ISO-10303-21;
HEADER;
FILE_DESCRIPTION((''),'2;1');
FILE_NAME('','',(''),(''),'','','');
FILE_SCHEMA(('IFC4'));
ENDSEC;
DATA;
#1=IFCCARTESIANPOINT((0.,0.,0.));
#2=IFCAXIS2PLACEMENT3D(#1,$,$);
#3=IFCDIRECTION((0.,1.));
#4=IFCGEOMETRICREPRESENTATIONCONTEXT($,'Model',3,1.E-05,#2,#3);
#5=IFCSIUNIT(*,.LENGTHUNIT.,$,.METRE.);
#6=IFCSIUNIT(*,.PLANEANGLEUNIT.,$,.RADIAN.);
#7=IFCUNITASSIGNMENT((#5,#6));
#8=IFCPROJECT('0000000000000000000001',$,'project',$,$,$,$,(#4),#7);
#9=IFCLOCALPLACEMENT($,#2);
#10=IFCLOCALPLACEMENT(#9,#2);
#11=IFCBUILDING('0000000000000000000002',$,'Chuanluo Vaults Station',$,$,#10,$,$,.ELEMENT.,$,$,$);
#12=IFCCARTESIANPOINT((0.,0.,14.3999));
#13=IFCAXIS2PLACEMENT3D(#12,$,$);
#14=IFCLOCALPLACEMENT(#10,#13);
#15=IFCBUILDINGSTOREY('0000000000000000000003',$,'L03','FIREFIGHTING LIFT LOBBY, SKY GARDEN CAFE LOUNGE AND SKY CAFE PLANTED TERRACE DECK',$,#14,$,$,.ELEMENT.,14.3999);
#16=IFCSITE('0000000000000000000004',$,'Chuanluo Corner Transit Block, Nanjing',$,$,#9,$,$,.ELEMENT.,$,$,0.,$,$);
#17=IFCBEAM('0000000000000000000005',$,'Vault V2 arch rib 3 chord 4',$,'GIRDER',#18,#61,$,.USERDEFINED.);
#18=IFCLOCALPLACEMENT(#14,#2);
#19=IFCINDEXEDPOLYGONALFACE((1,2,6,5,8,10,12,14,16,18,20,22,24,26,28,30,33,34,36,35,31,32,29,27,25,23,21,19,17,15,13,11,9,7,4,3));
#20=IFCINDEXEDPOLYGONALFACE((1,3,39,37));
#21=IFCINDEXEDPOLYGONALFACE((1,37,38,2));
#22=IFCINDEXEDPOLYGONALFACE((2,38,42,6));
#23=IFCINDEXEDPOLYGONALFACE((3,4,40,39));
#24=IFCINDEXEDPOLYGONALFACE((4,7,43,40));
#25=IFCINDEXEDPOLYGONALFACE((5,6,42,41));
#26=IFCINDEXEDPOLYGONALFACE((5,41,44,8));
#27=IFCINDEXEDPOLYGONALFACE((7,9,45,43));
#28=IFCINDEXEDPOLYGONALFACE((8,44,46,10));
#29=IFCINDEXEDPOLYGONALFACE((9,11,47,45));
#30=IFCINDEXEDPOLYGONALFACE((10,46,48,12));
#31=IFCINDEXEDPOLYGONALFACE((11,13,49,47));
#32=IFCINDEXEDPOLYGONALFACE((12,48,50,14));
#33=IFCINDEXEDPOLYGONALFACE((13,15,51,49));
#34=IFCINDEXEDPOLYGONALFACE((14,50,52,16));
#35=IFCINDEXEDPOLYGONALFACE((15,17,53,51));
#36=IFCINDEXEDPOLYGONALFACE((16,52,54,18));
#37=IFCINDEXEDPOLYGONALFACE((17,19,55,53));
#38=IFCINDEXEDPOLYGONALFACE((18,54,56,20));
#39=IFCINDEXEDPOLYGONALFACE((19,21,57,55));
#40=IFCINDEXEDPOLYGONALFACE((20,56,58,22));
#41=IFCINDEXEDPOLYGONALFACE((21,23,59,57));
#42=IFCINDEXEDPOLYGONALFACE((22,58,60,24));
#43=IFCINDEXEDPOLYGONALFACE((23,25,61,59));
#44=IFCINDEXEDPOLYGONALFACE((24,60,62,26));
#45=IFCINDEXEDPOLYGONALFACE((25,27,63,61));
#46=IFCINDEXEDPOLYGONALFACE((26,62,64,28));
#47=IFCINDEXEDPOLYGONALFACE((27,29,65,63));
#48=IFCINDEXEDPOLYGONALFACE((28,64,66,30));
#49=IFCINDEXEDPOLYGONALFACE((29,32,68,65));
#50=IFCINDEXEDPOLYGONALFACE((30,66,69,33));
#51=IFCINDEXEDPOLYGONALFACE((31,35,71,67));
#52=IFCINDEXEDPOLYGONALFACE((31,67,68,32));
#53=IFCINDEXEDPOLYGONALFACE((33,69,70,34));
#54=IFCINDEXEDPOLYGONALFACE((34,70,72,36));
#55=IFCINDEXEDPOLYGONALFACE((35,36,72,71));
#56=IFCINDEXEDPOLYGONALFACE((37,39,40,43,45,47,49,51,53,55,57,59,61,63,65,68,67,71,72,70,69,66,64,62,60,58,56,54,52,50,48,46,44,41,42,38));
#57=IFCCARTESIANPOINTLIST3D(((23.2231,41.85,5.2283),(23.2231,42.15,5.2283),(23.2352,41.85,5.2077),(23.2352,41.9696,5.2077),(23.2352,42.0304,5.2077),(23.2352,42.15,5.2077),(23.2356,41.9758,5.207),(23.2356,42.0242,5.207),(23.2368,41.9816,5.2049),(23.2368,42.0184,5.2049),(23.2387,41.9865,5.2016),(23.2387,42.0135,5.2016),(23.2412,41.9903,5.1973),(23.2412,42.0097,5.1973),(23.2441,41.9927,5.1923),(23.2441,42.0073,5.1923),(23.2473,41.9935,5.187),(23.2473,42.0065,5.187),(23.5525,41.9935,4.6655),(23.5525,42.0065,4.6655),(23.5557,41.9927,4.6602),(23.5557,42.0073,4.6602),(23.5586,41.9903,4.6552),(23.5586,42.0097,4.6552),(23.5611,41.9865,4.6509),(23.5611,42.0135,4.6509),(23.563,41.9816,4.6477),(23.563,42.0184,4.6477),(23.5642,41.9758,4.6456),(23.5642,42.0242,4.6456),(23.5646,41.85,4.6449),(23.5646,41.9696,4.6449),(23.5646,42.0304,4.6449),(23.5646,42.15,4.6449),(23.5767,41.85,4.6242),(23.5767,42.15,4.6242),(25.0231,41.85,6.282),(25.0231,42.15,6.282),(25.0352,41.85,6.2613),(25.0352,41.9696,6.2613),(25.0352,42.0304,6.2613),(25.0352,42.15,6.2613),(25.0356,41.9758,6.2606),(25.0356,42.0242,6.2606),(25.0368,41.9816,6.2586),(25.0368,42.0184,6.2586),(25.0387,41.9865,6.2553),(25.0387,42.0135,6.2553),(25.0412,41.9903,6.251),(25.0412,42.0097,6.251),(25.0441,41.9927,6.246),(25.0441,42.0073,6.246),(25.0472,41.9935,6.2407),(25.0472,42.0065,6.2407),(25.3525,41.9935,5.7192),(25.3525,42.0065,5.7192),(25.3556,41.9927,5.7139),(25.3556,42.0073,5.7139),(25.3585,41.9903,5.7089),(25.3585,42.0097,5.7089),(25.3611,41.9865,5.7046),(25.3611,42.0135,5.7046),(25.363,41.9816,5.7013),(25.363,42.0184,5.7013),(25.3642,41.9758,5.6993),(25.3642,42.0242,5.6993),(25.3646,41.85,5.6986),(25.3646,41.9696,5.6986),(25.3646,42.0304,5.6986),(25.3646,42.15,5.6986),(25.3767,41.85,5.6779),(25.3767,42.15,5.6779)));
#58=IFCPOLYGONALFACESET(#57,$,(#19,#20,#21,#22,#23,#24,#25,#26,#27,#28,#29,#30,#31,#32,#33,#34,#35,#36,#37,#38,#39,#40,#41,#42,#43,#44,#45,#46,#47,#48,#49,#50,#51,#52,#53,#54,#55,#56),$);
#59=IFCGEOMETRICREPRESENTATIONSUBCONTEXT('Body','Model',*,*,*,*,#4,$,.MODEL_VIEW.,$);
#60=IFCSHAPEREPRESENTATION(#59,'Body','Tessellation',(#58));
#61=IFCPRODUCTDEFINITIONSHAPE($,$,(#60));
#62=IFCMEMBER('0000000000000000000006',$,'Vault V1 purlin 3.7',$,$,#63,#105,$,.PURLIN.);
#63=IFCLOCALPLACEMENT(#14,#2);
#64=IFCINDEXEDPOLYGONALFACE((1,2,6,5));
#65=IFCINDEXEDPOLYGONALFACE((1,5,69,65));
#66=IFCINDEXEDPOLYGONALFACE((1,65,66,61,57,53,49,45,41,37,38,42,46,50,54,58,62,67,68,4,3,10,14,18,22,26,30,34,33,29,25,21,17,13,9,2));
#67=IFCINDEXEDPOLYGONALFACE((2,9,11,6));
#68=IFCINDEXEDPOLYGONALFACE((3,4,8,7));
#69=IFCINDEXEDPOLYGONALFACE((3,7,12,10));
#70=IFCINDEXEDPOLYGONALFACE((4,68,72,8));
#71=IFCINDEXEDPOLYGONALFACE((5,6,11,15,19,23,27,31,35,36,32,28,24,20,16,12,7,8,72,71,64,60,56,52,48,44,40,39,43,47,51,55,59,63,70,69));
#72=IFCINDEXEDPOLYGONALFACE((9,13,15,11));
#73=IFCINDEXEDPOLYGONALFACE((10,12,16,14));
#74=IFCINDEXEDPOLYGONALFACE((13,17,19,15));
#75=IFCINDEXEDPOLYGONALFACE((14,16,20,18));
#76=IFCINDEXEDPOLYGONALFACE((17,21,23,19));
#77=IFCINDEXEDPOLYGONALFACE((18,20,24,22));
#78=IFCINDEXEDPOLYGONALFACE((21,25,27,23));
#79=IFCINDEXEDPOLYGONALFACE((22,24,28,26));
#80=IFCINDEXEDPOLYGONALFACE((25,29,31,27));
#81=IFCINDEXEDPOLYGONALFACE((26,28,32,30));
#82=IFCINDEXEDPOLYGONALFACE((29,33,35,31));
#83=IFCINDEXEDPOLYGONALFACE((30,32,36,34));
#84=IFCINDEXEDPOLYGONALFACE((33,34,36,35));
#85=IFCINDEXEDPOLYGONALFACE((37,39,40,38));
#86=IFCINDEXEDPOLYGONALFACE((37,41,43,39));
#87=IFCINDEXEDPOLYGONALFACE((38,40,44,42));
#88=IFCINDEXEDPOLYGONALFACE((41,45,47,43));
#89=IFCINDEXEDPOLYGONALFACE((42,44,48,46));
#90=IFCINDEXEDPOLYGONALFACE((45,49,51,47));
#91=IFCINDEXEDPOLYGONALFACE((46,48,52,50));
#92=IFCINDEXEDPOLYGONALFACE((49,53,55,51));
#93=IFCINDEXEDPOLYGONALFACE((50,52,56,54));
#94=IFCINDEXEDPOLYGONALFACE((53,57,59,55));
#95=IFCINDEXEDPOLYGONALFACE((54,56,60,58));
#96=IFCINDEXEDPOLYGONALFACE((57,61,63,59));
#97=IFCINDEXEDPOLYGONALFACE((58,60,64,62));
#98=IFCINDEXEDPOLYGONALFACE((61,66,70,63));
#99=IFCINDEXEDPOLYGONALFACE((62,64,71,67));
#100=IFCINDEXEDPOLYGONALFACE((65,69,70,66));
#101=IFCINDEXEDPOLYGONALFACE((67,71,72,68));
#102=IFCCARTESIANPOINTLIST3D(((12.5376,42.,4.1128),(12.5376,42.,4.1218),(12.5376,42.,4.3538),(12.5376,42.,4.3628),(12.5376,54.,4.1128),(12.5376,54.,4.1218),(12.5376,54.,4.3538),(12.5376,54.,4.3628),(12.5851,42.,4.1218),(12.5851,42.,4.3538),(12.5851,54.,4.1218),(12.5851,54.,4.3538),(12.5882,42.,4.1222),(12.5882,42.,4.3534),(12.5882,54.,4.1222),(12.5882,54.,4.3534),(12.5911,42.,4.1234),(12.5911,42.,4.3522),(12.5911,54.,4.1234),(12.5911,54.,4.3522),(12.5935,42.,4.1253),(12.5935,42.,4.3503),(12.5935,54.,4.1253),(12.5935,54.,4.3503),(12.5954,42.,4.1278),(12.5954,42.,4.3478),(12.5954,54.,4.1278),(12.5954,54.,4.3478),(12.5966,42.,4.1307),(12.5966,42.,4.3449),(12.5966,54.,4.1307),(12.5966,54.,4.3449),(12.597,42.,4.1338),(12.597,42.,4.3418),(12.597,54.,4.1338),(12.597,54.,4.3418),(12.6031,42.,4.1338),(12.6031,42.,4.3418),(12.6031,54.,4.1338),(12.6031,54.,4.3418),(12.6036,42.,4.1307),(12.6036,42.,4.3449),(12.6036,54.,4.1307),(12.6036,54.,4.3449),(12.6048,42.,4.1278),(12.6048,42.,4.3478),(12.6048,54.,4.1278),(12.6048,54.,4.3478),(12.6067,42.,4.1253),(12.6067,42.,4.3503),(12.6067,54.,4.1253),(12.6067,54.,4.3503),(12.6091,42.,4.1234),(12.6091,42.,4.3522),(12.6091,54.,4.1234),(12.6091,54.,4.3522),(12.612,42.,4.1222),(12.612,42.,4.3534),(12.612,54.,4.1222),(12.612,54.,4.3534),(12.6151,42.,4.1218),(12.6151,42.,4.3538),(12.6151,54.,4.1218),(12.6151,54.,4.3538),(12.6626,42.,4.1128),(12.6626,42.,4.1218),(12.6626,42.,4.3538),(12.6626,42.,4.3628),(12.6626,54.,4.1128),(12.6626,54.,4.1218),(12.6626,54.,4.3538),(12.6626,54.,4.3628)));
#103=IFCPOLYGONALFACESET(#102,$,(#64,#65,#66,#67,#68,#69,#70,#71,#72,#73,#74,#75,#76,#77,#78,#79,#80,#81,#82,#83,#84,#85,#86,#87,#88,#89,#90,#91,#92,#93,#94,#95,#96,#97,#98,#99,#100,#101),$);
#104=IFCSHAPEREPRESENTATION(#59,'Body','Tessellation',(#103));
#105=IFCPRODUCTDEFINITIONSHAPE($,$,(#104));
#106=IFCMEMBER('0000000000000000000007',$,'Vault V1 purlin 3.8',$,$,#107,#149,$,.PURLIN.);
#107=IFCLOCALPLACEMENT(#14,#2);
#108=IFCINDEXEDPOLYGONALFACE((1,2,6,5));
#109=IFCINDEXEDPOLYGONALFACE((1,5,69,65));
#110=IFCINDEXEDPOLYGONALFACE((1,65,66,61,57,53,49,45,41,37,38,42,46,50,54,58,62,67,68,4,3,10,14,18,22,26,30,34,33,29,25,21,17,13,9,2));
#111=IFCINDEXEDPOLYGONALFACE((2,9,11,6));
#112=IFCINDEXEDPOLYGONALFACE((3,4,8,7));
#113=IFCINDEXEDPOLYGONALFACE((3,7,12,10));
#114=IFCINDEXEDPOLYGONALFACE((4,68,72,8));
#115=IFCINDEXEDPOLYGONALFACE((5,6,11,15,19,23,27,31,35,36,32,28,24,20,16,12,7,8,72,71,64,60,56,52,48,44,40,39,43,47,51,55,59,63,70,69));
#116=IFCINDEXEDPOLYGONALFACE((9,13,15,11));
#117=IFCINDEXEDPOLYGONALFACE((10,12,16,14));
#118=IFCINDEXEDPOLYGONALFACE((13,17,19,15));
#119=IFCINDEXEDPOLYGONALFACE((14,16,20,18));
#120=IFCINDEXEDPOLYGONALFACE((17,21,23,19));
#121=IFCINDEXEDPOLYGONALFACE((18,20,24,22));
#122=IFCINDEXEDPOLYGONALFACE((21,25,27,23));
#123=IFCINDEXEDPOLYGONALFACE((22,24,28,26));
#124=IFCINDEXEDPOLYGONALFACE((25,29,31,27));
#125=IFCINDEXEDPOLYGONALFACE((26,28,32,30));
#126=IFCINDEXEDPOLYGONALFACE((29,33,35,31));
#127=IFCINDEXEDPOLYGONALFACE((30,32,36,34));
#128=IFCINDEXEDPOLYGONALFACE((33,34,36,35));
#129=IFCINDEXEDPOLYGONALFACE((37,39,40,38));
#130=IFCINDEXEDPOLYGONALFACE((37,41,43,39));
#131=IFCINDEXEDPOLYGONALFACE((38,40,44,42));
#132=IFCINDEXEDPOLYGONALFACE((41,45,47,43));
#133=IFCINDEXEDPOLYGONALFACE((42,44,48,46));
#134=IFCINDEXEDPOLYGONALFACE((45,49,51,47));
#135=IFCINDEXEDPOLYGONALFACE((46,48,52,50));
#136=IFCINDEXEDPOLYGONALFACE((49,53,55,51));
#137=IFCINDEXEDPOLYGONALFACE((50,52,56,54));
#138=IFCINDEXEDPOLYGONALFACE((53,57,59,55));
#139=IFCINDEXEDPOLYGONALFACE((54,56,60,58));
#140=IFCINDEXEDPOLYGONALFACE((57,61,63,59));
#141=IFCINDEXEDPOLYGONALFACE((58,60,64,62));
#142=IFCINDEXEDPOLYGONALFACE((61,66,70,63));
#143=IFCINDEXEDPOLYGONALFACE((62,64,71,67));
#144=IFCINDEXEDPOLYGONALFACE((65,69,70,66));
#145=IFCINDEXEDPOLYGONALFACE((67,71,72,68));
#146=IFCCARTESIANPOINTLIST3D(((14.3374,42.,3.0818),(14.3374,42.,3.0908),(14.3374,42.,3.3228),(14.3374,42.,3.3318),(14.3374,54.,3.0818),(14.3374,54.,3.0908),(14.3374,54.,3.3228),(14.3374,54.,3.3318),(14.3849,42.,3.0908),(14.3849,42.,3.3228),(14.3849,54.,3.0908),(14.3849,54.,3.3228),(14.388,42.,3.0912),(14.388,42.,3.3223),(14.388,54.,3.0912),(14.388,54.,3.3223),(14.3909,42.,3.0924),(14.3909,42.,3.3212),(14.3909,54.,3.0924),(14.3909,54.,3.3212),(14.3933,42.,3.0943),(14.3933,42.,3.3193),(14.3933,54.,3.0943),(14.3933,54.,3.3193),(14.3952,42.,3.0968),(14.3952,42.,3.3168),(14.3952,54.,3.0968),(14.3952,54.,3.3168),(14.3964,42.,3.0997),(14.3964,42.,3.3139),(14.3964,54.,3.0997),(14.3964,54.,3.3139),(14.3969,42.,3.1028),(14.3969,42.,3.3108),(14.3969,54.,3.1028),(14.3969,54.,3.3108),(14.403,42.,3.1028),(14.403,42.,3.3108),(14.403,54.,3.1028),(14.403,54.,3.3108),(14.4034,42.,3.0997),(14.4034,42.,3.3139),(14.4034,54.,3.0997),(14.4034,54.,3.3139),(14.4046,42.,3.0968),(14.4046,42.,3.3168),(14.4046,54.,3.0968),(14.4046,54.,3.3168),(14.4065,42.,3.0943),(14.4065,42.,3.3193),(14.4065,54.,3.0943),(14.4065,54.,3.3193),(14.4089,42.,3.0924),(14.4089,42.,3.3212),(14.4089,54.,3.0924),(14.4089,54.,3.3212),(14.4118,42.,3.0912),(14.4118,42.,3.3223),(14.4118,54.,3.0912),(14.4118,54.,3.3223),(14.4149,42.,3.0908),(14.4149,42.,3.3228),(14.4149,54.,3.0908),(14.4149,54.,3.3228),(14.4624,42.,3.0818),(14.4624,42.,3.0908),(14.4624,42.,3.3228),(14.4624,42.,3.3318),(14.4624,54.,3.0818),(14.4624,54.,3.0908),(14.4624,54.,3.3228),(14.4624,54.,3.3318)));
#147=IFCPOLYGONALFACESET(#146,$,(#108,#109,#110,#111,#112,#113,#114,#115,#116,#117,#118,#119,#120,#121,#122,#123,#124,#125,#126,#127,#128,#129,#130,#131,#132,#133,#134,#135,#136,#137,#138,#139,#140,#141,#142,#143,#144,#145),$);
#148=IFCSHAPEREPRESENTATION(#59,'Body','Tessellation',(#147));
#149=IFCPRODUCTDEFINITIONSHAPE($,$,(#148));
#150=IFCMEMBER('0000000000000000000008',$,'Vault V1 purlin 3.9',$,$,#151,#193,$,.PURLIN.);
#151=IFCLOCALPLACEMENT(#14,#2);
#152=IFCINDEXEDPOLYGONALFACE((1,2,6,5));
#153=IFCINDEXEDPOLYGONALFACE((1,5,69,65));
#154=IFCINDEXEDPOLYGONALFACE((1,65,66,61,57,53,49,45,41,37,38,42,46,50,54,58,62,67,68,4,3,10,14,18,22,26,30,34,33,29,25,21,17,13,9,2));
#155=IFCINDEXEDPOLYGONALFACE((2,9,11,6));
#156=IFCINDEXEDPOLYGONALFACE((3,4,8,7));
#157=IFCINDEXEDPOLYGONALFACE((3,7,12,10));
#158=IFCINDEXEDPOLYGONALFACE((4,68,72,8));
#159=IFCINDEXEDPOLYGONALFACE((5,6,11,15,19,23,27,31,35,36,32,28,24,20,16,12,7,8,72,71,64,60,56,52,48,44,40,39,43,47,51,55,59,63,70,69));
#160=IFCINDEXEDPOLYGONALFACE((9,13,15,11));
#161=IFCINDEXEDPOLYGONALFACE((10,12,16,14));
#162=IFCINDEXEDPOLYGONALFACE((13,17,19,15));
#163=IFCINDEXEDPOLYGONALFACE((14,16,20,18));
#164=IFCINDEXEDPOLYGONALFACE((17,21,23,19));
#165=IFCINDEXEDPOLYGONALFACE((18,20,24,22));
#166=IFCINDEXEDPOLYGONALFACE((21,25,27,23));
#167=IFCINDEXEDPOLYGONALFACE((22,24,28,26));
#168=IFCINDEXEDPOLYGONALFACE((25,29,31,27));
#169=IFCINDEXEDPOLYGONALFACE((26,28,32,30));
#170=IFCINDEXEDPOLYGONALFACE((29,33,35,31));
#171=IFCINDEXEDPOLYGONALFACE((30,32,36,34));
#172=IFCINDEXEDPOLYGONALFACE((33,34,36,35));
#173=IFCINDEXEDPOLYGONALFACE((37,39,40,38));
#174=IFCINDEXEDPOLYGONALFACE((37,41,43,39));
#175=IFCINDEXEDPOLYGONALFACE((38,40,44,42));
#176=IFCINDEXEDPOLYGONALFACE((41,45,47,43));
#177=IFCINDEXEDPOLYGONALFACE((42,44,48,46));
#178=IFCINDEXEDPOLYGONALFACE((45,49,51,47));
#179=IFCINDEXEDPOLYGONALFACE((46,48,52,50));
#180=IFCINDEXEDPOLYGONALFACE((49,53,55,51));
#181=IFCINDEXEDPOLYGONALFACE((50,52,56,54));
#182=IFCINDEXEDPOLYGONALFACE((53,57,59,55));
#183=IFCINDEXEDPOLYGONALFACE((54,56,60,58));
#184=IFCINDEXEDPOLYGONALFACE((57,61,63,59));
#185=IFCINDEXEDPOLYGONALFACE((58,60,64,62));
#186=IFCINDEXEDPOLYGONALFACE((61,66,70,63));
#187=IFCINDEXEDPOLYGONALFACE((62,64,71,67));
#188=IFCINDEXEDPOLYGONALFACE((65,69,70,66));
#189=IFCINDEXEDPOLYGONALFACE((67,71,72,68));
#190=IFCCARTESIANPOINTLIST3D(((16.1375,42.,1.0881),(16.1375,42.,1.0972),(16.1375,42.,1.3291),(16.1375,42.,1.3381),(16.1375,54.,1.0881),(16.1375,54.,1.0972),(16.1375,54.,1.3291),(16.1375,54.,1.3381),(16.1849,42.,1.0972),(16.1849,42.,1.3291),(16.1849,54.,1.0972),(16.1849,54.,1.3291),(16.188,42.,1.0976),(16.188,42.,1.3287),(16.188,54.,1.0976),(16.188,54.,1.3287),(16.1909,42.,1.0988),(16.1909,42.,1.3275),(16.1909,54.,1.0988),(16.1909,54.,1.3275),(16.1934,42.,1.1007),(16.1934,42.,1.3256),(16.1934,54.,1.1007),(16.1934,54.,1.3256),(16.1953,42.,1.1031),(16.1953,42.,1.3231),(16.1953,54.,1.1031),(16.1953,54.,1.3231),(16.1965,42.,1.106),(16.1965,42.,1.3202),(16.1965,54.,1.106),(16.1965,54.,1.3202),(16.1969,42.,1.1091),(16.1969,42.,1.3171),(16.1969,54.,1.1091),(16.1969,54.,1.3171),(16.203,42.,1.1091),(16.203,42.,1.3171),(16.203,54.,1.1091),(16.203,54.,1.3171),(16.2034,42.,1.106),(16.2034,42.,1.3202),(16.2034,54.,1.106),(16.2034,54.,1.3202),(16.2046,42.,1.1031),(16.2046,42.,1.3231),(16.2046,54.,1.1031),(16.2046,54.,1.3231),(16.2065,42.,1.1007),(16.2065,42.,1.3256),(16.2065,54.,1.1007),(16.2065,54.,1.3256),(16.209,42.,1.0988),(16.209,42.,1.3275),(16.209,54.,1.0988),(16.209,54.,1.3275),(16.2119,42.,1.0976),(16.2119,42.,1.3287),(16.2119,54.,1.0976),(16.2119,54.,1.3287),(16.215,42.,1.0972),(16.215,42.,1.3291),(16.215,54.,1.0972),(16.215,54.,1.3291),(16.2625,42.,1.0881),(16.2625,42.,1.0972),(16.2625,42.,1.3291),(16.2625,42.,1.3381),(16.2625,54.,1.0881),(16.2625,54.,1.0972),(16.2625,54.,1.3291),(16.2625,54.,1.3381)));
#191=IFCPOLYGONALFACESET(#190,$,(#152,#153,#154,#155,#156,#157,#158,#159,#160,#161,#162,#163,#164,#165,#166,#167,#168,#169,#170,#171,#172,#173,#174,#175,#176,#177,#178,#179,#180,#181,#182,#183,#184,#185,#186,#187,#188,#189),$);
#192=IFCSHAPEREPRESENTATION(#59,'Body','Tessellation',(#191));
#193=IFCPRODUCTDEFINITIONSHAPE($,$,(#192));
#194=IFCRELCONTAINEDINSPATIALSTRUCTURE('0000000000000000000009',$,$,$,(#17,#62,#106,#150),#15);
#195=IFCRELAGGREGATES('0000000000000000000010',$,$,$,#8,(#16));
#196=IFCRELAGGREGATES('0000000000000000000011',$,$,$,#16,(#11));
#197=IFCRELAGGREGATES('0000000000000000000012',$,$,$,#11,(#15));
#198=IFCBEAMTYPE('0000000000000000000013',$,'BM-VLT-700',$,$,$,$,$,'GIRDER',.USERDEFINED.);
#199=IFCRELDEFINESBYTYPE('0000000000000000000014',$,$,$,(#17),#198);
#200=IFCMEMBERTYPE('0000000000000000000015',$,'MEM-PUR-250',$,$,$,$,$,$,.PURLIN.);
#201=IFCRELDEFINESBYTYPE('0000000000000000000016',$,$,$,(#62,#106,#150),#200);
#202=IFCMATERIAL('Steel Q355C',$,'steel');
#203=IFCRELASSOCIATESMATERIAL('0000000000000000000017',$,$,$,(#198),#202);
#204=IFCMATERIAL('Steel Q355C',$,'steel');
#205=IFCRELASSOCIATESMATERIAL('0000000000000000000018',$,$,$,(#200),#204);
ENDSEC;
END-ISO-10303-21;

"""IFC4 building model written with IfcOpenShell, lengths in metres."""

from ifc_helpers import new_model, si_unit, direction, frame, origin, origin_2d, place, context, subcontext, project, spatial, i_section, extrude, material, material_profile, profile_set, type_object, element, save


model = new_model("IFC4")

# Units and contexts
model_context = context("Model", 3, precision=1e-05, world=origin(), true_north=direction((0.0, 1.0)))
body_context = subcontext(model_context, "Body", "Model", "MODEL_VIEW")
ifc_project = project(units=[si_unit("LENGTHUNIT", "METRE"), si_unit("PLANEANGLEUNIT", "RADIAN")], contexts=[model_context])

# Site, building, storey
site_placement = place(None, origin())
site = spatial("IfcSite", under=ifc_project, at=site_placement, Name="Chuanluo Corner Transit Block, Nanjing", CompositionType="ELEMENT", RefElevation=0.0)
building_placement = place(site_placement, origin())
building = spatial("IfcBuilding", under=site, at=building_placement, Name="Chuanluo Vaults Station", CompositionType="ELEMENT")
storey_placement = place(building_placement, frame((0.0, 0.0, 14.3999)))
storey = spatial("IfcBuildingStorey", under=building, at=storey_placement, Name="L03", Description="FIREFIGHTING LIFT LOBBY, SKY GARDEN CAFE LOUNGE AND SKY CAFE PLANTED TERRACE DECK", CompositionType="ELEMENT", Elevation=14.3999)

# Beam
ifc_material_1 = material(Name="Steel Q355C", Category="steel")
ifc_material_profile_1 = material_profile(ifc_material_1, i_section(OverallWidth=0.3, OverallDepth=0.7, WebThickness=0.0129, FlangeThickness=0.0239, FilletRadius=0.0239, at=origin_2d()))
ifc_profile_set_1 = profile_set([ifc_material_profile_1], Name="Steel Q355C")
beam_type_1 = type_object("IfcBeamType", Name="BM-VLT-700", ElementType="GIRDER", PredefinedType="USERDEFINED", material=ifc_profile_set_1)
beam_1_placement = place(storey_placement, frame((23.3999, 42.0, 4.9263), z_axis=(0.863009, 0.0, 0.505188), x_axis=(0.0, 1.0, 0.0)))
element("IfcBeam", 1, at=beam_1_placement, inside=storey, type_object=beam_type_1, Name="Vault V2 arch rib 3 chord 4", ObjectType="GIRDER", PredefinedType="USERDEFINED", context=body_context, shape_type="SweptSolid", body=[
    extrude(i_section(OverallWidth=0.3, OverallDepth=0.7, WebThickness=0.0129, FlangeThickness=0.0239, FilletRadius=0.0239, at=origin_2d()), origin(), (0.0, 0.0, 1.0), 2.0857),
])

# Members
ifc_material_2 = material(Name="Steel Q355C", Category="steel")
ifc_material_profile_2 = material_profile(ifc_material_2, i_section(OverallWidth=0.125, OverallDepth=0.25, WebThickness=0.0061, FlangeThickness=0.009, FilletRadius=0.012, at=origin_2d()))
ifc_profile_set_2 = profile_set([ifc_material_profile_2], Name="Steel Q355C")
member_type_1 = type_object("IfcMemberType", Name="MEM-PUR-250", PredefinedType="PURLIN", material=ifc_profile_set_2)
for number, where, z_axis, x_axis, name in (
    (2, (12.6001, 42.0, 4.2378), (0.0, 1.0, 0.0), (-1.0, 0.0, 0.0), "Vault V1 purlin 3.7"),
    (3, (14.3999, 42.0, 3.2068), (0.0, 1.0, 0.0), (-1.0, 0.0, 0.0), "Vault V1 purlin 3.8"),
    (4, (16.2, 42.0, 1.2131), (0.0, 1.0, 0.0), (-1.0, 0.0, 0.0), "Vault V1 purlin 3.9"),
):
    element("IfcMember", number, at=place(storey_placement, frame(where, z_axis=z_axis, x_axis=x_axis)), inside=storey, type_object=member_type_1, Name=name, PredefinedType="PURLIN", context=body_context, shape_type="SweptSolid", body=[
        extrude(i_section(OverallWidth=0.125, OverallDepth=0.25, WebThickness=0.0061, FlangeThickness=0.009, FilletRadius=0.012, at=origin_2d()), origin(), (0.0, 0.0, 1.0), 12.0),
    ])

save(model, "model.ifc")
